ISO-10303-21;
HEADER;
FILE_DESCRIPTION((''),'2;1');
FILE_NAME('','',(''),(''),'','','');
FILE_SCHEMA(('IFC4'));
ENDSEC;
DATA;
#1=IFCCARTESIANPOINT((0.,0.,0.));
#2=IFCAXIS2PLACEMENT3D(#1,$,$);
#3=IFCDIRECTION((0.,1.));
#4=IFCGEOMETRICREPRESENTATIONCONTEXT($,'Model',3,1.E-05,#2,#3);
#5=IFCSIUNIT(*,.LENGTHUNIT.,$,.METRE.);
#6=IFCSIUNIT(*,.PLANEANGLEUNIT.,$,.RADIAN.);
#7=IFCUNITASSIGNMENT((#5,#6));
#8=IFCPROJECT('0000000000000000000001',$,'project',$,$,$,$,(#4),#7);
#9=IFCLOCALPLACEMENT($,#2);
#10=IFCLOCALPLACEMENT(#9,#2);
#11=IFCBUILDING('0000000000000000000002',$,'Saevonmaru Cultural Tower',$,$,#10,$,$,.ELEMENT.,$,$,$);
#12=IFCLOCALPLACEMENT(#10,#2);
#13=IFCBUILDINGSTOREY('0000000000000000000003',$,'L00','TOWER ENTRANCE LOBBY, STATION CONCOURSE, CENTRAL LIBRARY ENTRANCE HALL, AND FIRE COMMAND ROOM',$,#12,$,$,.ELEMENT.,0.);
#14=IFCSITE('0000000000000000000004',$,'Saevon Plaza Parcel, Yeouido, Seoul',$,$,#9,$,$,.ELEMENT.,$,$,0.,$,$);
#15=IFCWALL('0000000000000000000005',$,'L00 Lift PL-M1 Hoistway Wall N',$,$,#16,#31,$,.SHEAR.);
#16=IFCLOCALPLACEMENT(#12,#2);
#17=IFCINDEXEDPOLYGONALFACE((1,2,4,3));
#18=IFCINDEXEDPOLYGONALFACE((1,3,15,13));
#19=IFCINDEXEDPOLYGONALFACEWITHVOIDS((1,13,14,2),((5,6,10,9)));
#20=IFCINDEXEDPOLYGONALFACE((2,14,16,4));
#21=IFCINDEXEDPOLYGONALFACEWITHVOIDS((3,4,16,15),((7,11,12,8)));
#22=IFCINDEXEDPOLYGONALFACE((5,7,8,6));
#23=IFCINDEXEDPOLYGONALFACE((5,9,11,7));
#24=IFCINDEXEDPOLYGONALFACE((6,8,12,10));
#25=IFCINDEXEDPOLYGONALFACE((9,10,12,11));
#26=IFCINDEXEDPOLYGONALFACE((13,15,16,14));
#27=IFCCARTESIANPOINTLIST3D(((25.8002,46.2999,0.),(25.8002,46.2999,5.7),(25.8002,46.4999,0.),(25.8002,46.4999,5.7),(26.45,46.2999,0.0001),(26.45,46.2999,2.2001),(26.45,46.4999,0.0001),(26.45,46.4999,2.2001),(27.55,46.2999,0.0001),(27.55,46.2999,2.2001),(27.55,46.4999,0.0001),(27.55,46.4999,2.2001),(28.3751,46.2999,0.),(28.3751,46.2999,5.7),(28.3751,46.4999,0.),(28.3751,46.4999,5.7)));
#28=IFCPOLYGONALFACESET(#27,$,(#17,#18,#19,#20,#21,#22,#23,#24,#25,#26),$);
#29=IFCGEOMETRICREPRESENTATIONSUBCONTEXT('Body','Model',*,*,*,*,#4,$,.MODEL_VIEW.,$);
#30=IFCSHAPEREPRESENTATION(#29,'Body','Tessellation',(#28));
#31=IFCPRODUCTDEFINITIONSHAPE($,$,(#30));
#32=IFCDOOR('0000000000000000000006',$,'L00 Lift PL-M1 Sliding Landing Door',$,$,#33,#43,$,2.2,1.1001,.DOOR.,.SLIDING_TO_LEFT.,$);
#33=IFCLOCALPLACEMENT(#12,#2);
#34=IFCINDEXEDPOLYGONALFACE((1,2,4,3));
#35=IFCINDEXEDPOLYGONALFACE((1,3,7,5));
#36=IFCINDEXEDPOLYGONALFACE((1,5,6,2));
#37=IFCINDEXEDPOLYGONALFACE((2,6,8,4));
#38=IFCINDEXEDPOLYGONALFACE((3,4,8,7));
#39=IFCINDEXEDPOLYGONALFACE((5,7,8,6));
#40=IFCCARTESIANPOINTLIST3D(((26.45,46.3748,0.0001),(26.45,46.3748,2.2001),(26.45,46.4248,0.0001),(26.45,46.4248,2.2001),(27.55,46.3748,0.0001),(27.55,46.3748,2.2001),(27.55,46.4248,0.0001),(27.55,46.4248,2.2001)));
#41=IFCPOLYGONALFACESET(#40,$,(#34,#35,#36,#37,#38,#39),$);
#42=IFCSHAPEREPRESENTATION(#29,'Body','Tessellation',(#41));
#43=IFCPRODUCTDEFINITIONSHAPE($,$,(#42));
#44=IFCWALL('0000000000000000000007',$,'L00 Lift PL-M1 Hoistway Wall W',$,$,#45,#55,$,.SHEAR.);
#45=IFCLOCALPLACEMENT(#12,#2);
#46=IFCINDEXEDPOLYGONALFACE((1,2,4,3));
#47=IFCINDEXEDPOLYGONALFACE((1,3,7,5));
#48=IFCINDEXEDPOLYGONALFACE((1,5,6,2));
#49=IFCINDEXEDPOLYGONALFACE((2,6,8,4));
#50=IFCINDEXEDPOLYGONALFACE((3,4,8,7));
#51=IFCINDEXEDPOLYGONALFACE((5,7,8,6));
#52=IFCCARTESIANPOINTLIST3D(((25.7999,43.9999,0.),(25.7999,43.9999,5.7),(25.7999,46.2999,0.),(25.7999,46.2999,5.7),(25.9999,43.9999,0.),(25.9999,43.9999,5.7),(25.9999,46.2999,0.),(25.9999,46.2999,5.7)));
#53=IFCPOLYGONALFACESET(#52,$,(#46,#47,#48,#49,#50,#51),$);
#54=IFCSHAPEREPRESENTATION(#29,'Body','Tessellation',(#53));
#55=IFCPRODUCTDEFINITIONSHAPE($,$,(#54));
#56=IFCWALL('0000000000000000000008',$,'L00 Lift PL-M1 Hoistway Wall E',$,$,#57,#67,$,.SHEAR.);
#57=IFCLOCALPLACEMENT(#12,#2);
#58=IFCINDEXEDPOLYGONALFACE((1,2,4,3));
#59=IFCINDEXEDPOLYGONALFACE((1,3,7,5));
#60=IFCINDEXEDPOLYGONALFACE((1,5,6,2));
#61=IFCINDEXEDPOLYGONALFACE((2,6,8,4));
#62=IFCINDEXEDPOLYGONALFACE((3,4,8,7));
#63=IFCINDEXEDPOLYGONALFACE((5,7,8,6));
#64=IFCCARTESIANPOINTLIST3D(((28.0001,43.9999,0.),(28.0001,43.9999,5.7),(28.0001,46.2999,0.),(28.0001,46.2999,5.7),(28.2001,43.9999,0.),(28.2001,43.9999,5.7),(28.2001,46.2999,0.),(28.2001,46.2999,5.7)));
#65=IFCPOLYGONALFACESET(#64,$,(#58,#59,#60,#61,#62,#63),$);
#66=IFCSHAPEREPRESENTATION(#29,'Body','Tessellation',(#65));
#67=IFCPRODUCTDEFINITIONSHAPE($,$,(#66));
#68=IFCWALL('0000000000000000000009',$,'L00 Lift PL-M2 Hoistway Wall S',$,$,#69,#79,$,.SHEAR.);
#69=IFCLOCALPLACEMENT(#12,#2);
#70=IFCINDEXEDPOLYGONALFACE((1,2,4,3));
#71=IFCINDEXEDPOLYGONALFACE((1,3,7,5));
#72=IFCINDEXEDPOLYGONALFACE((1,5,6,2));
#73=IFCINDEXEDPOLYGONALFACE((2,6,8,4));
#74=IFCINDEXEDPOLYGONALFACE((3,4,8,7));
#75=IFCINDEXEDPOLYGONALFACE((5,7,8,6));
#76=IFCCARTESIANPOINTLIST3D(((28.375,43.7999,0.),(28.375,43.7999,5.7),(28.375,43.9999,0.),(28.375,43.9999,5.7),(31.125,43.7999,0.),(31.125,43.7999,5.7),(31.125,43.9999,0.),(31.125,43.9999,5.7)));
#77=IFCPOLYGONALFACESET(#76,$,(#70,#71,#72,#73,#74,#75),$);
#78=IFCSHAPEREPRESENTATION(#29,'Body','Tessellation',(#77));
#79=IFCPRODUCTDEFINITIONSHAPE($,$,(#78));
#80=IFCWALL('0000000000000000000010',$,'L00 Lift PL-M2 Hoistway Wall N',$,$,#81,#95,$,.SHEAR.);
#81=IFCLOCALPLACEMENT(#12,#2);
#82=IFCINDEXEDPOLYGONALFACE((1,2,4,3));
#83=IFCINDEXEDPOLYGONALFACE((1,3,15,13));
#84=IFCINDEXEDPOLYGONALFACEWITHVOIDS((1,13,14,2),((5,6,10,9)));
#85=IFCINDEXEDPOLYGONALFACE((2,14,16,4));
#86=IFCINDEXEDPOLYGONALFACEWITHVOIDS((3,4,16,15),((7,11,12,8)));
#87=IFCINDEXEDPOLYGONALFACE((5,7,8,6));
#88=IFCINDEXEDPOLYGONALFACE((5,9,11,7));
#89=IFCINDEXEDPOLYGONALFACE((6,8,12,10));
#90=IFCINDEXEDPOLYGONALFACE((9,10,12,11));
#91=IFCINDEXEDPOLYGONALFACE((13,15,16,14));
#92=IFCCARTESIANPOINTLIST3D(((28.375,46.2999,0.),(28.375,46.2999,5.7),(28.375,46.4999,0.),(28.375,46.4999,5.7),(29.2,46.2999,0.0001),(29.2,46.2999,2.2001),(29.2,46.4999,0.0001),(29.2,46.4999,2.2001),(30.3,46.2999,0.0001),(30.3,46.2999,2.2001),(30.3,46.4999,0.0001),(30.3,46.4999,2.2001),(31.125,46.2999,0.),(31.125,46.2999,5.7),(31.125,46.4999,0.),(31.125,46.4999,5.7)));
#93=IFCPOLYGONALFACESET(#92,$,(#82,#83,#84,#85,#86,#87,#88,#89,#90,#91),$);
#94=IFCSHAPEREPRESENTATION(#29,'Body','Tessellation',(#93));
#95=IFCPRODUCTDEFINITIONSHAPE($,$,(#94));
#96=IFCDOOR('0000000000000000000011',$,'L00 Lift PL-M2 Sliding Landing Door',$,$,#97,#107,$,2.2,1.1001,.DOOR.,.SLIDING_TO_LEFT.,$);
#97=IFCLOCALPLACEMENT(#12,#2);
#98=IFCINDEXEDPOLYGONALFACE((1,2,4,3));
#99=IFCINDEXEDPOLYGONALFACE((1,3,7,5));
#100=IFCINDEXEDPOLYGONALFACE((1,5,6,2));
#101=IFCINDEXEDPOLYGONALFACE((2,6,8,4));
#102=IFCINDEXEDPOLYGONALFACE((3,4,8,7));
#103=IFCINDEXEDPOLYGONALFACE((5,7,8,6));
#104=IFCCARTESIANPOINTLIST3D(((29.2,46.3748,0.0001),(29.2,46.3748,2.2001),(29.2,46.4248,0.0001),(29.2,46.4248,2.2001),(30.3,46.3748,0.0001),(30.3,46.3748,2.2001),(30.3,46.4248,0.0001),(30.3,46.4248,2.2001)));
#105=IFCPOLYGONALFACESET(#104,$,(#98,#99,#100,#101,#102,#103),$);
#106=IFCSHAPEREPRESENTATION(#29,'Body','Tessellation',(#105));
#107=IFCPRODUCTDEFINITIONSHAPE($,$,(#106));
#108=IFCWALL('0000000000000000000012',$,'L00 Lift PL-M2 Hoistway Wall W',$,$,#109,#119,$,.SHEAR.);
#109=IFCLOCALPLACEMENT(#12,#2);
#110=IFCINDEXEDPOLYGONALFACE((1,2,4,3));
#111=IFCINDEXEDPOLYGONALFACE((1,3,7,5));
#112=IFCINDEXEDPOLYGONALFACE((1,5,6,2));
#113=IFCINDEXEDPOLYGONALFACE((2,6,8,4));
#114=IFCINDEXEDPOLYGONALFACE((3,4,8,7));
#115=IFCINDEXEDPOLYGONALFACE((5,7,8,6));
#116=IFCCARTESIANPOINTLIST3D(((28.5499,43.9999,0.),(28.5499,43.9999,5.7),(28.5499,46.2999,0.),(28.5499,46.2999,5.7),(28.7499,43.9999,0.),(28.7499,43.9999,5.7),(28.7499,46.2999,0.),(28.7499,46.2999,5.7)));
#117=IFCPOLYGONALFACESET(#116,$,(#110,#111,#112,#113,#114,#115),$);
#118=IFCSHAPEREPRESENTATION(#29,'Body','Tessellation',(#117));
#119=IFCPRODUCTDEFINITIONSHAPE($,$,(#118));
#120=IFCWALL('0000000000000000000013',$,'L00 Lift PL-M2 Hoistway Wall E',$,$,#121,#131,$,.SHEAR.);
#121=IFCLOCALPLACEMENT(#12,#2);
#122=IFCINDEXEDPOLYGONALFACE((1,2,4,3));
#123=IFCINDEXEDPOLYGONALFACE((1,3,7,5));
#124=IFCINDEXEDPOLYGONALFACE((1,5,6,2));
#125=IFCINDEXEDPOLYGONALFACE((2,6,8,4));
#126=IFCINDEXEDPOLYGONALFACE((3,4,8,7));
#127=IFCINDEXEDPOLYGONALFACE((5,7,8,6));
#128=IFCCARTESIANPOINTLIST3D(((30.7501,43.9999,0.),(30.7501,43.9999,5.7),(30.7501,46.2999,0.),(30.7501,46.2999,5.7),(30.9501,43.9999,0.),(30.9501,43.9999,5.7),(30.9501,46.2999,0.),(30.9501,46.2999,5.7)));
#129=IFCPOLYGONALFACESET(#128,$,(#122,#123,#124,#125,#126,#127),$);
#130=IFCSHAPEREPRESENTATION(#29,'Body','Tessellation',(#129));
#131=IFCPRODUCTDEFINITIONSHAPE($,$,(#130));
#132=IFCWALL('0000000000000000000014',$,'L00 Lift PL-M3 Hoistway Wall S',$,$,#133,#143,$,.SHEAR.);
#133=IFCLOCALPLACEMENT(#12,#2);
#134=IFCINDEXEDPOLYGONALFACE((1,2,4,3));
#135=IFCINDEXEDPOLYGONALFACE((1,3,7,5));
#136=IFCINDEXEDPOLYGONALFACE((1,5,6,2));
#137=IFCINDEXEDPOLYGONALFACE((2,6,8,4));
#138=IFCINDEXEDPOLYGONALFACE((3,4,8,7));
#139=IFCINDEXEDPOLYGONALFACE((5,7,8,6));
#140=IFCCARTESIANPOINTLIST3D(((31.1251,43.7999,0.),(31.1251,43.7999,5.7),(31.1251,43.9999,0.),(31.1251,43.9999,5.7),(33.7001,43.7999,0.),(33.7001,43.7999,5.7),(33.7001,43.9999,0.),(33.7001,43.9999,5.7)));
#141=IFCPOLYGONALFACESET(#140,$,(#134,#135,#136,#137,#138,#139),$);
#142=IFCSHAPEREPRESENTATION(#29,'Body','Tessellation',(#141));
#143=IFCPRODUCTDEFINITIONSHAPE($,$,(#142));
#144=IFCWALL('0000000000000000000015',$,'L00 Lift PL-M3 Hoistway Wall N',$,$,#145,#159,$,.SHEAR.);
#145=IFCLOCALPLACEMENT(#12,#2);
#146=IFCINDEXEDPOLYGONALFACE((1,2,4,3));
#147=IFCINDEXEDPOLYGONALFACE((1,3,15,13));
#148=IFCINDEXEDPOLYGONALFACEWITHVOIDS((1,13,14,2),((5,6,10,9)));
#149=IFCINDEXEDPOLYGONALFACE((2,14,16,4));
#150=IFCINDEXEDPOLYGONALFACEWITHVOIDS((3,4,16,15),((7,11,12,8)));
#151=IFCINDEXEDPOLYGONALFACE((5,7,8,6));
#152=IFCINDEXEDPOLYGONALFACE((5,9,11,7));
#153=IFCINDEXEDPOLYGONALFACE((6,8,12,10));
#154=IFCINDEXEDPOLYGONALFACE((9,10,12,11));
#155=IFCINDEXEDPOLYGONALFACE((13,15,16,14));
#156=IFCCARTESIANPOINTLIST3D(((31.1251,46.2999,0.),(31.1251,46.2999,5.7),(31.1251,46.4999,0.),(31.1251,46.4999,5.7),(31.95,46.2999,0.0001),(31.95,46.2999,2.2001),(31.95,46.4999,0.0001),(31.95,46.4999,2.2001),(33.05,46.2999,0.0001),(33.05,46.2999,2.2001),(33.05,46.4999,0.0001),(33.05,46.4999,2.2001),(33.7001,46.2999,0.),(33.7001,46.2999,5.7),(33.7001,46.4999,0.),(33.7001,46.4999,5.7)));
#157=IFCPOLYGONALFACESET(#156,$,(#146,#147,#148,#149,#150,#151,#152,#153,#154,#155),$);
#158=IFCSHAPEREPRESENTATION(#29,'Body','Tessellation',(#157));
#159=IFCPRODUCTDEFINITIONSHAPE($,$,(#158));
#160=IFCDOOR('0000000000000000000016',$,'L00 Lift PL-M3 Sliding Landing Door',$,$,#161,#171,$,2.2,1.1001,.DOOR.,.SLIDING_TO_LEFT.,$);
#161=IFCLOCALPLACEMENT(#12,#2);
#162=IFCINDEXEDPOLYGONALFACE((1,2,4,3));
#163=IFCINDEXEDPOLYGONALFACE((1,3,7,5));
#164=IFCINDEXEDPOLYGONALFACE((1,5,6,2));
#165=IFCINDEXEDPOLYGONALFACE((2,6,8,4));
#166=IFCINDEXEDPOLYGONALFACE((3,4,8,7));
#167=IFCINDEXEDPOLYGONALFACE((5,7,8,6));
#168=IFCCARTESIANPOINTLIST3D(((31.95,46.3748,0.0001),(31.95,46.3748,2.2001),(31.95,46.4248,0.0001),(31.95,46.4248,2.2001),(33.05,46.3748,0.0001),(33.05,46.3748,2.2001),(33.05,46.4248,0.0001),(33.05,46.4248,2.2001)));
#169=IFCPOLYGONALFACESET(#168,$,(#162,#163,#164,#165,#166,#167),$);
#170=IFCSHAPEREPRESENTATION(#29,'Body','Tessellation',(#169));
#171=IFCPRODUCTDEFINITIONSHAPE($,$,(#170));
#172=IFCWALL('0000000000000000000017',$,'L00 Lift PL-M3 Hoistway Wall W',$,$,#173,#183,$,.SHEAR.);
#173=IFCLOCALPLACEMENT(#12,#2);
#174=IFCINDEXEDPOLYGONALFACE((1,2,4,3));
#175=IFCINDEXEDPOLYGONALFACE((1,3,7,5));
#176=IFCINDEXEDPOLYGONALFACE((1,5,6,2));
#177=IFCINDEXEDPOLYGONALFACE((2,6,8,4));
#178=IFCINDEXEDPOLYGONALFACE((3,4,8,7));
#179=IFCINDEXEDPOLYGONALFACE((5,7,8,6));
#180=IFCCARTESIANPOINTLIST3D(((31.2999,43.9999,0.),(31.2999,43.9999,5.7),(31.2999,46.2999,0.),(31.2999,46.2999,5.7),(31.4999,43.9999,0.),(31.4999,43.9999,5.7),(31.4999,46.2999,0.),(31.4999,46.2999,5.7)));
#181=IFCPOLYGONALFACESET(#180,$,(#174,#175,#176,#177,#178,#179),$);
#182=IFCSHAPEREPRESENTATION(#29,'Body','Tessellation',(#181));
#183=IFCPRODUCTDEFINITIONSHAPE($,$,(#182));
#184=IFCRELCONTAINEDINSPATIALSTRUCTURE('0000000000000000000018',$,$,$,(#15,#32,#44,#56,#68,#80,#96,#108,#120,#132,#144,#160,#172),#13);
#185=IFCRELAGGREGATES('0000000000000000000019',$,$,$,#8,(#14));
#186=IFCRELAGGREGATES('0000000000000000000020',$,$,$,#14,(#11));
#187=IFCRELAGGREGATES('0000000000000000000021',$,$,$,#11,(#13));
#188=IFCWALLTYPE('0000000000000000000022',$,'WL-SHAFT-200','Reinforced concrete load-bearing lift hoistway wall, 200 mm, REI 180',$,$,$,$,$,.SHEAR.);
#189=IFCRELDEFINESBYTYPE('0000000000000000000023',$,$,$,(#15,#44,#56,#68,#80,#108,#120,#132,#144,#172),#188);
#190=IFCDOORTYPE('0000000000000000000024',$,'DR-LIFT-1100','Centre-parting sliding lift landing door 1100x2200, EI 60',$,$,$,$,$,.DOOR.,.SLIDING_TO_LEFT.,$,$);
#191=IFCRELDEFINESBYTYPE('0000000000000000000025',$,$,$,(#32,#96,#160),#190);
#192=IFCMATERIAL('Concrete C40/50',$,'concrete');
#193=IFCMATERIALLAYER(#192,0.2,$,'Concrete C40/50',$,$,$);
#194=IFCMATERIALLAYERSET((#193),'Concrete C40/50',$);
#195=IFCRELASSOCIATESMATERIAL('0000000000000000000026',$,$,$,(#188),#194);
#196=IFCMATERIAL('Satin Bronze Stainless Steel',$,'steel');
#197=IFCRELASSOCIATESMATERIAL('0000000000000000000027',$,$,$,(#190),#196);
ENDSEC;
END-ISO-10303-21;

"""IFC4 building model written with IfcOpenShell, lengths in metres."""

from ifc_helpers import new_model, si_unit, direction, frame, frame_2d, origin, place, context, subcontext, project, spatial, rectangle, extrude, material, layer, layer_set, type_object, element, fill, save


model = new_model("IFC4")

# Units and contexts
model_context = context("Model", 3, precision=1e-05, world=origin(), true_north=direction((0.0, 1.0)))
body_context = subcontext(model_context, "Body", "Model", "MODEL_VIEW")
ifc_project = project(units=[si_unit("LENGTHUNIT", "METRE"), si_unit("PLANEANGLEUNIT", "RADIAN")], contexts=[model_context])

# Site, building, storey
site_placement = place(None, origin())
site = spatial("IfcSite", under=ifc_project, at=site_placement, Name="Saevon Plaza Parcel, Yeouido, Seoul", CompositionType="ELEMENT", RefElevation=0.0)
building_placement = place(site_placement, origin())
building = spatial("IfcBuilding", under=site, at=building_placement, Name="Saevonmaru Cultural Tower", CompositionType="ELEMENT")
storey_placement = place(building_placement, origin())
storey = spatial("IfcBuildingStorey", under=building, at=storey_placement, Name="L00", Description="TOWER ENTRANCE LOBBY, STATION CONCOURSE, CENTRAL LIBRARY ENTRANCE HALL, AND FIRE COMMAND ROOM", CompositionType="ELEMENT", Elevation=0.0)

# Shared definitions
ifc_material_1 = material(Name="Concrete C40/50", Category="concrete")
ifc_layer_1 = layer(ifc_material_1, 0.2, Name="Concrete C40/50")
ifc_layer_set_1 = layer_set([ifc_layer_1], Name="Concrete C40/50")
wall_type_1 = type_object("IfcWallType", Name="WL-SHAFT-200", Description="Reinforced concrete load-bearing lift hoistway wall, 200 mm, REI 180", PredefinedType="SHEAR", material=ifc_layer_set_1)

# Wall, opening, door
wall_1_placement = place(storey_placement, frame((25.8, 46.3999, 0.0), z_axis=(0.0, 0.0, 1.0), x_axis=(1.0, 0.0, 0.0)))
wall_1 = element("IfcWall", 1, at=wall_1_placement, inside=storey, type_object=wall_type_1, Name="L00 Lift PL-M1 Hoistway Wall N", PredefinedType="SHEAR", context=body_context, shape_type="SweptSolid", body=[
    extrude(rectangle(XDim=2.575, YDim=0.2, at=frame_2d((1.2876, 0.0))), origin(), (0.0, 0.0, 1.0), 5.7),
])
opening_1_placement = place(wall_1_placement, frame((0.6499, 0.0, 0.0)))
opening_1 = element("IfcOpeningElement", 2, at=opening_1_placement, cuts=wall_1, PredefinedType="OPENING", context=body_context, shape_type="SweptSolid", body=[
    extrude(rectangle(XDim=1.1001, YDim=2.2, at=frame_2d((0.55, 1.1001))), frame((0.0, 0.1099, 0.0), z_axis=(0.0, -1.0, 0.0), x_axis=(1.0, 0.0, 0.0)), (0.0, 0.0, 1.0), 0.22),
])
ifc_material_2 = material(Name="Satin Bronze Stainless Steel", Category="steel")
door_type_1 = type_object("IfcDoorType", Name="DR-LIFT-1100", Description="Centre-parting sliding lift landing door 1100x2200, EI 60", OperationType="SLIDING_TO_LEFT", PredefinedType="DOOR", material=ifc_material_2)
door_1_placement = place(opening_1_placement, origin())
door_1 = element("IfcDoor", 3, at=door_1_placement, inside=storey, type_object=door_type_1, Name="L00 Lift PL-M1 Sliding Landing Door", OperationType="SLIDING_TO_LEFT", OverallHeight=2.2, OverallWidth=1.1001, PredefinedType="DOOR", context=body_context, shape_type="SweptSolid", body=[
    extrude(rectangle(XDim=1.1001, YDim=2.2, at=frame_2d((0.55, 1.1001))), frame((0.0, 0.0249, 0.0), z_axis=(0.0, -1.0, 0.0), x_axis=(1.0, 0.0, 0.0)), (0.0, 0.0, 1.0), 0.05),
])
fill(opening_1, door_1)

# Walls
for number, where, z_axis, x_axis, name in (
    (4, (25.8999, 44.0, 0.0), (0.0, 0.0, 1.0), (0.0, 1.0, 0.0), "L00 Lift PL-M1 Hoistway Wall W"),
    (5, (28.1001, 44.0, 0.0), (0.0, 0.0, 1.0), (0.0, 1.0, 0.0), "L00 Lift PL-M1 Hoistway Wall E"),
):
    element("IfcWall", number, at=place(storey_placement, frame(where, z_axis=z_axis, x_axis=x_axis)), inside=storey, type_object=wall_type_1, Name=name, PredefinedType="SHEAR", context=body_context, shape_type="SweptSolid", body=[
        extrude(rectangle(XDim=2.3, YDim=0.2, at=frame_2d((1.1499, 0.0))), origin(), (0.0, 0.0, 1.0), 5.7),
    ])
wall_2_placement = place(storey_placement, frame((28.375, 43.8999, 0.0), z_axis=(0.0, 0.0, 1.0), x_axis=(1.0, 0.0, 0.0)))
element("IfcWall", 6, at=wall_2_placement, inside=storey, type_object=wall_type_1, Name="L00 Lift PL-M2 Hoistway Wall S", PredefinedType="SHEAR", context=body_context, shape_type="SweptSolid", body=[
    extrude(rectangle(XDim=2.75, YDim=0.2, at=frame_2d((1.375, 0.0))), origin(), (0.0, 0.0, 1.0), 5.7),
])

# Wall, opening, door
wall_3_placement = place(storey_placement, frame((28.375, 46.3999, 0.0), z_axis=(0.0, 0.0, 1.0), x_axis=(1.0, 0.0, 0.0)))
wall_3 = element("IfcWall", 7, at=wall_3_placement, inside=storey, type_object=wall_type_1, Name="L00 Lift PL-M2 Hoistway Wall N", PredefinedType="SHEAR", context=body_context, shape_type="SweptSolid", body=[
    extrude(rectangle(XDim=2.75, YDim=0.2, at=frame_2d((1.375, 0.0))), origin(), (0.0, 0.0, 1.0), 5.7),
])
opening_2_placement = place(wall_3_placement, frame((0.825, 0.0, 0.0)))
opening_2 = element("IfcOpeningElement", 8, at=opening_2_placement, cuts=wall_3, PredefinedType="OPENING", context=body_context, shape_type="SweptSolid", body=[
    extrude(rectangle(XDim=1.1001, YDim=2.2, at=frame_2d((0.55, 1.1001))), frame((0.0, 0.1099, 0.0), z_axis=(0.0, -1.0, 0.0), x_axis=(1.0, 0.0, 0.0)), (0.0, 0.0, 1.0), 0.22),
])
door_2_placement = place(opening_2_placement, origin())
door_2 = element("IfcDoor", 9, at=door_2_placement, inside=storey, type_object=door_type_1, Name="L00 Lift PL-M2 Sliding Landing Door", OperationType="SLIDING_TO_LEFT", OverallHeight=2.2, OverallWidth=1.1001, PredefinedType="DOOR", context=body_context, shape_type="SweptSolid", body=[
    extrude(rectangle(XDim=1.1001, YDim=2.2, at=frame_2d((0.55, 1.1001))), frame((0.0, 0.0249, 0.0), z_axis=(0.0, -1.0, 0.0), x_axis=(1.0, 0.0, 0.0)), (0.0, 0.0, 1.0), 0.05),
])
fill(opening_2, door_2)

# Walls
for number, where, z_axis, x_axis, name in (
    (10, (28.6499, 44.0, 0.0), (0.0, 0.0, 1.0), (0.0, 1.0, 0.0), "L00 Lift PL-M2 Hoistway Wall W"),
    (11, (30.8501, 44.0, 0.0), (0.0, 0.0, 1.0), (0.0, 1.0, 0.0), "L00 Lift PL-M2 Hoistway Wall E"),
):
    element("IfcWall", number, at=place(storey_placement, frame(where, z_axis=z_axis, x_axis=x_axis)), inside=storey, type_object=wall_type_1, Name=name, PredefinedType="SHEAR", context=body_context, shape_type="SweptSolid", body=[
        extrude(rectangle(XDim=2.3, YDim=0.2, at=frame_2d((1.1499, 0.0))), origin(), (0.0, 0.0, 1.0), 5.7),
    ])
wall_4_placement = place(storey_placement, frame((31.125, 43.8999, 0.0), z_axis=(0.0, 0.0, 1.0), x_axis=(1.0, 0.0, 0.0)))
element("IfcWall", 12, at=wall_4_placement, inside=storey, type_object=wall_type_1, Name="L00 Lift PL-M3 Hoistway Wall S", PredefinedType="SHEAR", context=body_context, shape_type="SweptSolid", body=[
    extrude(rectangle(XDim=2.575, YDim=0.2, at=frame_2d((1.2876, 0.0))), origin(), (0.0, 0.0, 1.0), 5.7),
])

# Wall, opening, door
wall_5_placement = place(storey_placement, frame((31.125, 46.3999, 0.0), z_axis=(0.0, 0.0, 1.0), x_axis=(1.0, 0.0, 0.0)))
wall_5 = element("IfcWall", 13, at=wall_5_placement, inside=storey, type_object=wall_type_1, Name="L00 Lift PL-M3 Hoistway Wall N", PredefinedType="SHEAR", context=body_context, shape_type="SweptSolid", body=[
    extrude(rectangle(XDim=2.575, YDim=0.2, at=frame_2d((1.2876, 0.0))), origin(), (0.0, 0.0, 1.0), 5.7),
])
opening_3_placement = place(wall_5_placement, frame((0.825, 0.0, 0.0)))
opening_3 = element("IfcOpeningElement", 14, at=opening_3_placement, cuts=wall_5, PredefinedType="OPENING", context=body_context, shape_type="SweptSolid", body=[
    extrude(rectangle(XDim=1.1001, YDim=2.2, at=frame_2d((0.55, 1.1001))), frame((0.0, 0.1099, 0.0), z_axis=(0.0, -1.0, 0.0), x_axis=(1.0, 0.0, 0.0)), (0.0, 0.0, 1.0), 0.22),
])
door_3_placement = place(opening_3_placement, origin())
door_3 = element("IfcDoor", 15, at=door_3_placement, inside=storey, type_object=door_type_1, Name="L00 Lift PL-M3 Sliding Landing Door", OperationType="SLIDING_TO_LEFT", OverallHeight=2.2, OverallWidth=1.1001, PredefinedType="DOOR", context=body_context, shape_type="SweptSolid", body=[
    extrude(rectangle(XDim=1.1001, YDim=2.2, at=frame_2d((0.55, 1.1001))), frame((0.0, 0.0249, 0.0), z_axis=(0.0, -1.0, 0.0), x_axis=(1.0, 0.0, 0.0)), (0.0, 0.0, 1.0), 0.05),
])
fill(opening_3, door_3)

# Wall
for number, where, z_axis, x_axis, name in (
    (16, (31.3999, 44.0, 0.0), (0.0, 0.0, 1.0), (0.0, 1.0, 0.0), "L00 Lift PL-M3 Hoistway Wall W"),
):
    element("IfcWall", number, at=place(storey_placement, frame(where, z_axis=z_axis, x_axis=x_axis)), inside=storey, type_object=wall_type_1, Name=name, PredefinedType="SHEAR", context=body_context, shape_type="SweptSolid", body=[
        extrude(rectangle(XDim=2.3, YDim=0.2, at=frame_2d((1.1499, 0.0))), origin(), (0.0, 0.0, 1.0), 5.7),
    ])

save(model, "model.ifc")
